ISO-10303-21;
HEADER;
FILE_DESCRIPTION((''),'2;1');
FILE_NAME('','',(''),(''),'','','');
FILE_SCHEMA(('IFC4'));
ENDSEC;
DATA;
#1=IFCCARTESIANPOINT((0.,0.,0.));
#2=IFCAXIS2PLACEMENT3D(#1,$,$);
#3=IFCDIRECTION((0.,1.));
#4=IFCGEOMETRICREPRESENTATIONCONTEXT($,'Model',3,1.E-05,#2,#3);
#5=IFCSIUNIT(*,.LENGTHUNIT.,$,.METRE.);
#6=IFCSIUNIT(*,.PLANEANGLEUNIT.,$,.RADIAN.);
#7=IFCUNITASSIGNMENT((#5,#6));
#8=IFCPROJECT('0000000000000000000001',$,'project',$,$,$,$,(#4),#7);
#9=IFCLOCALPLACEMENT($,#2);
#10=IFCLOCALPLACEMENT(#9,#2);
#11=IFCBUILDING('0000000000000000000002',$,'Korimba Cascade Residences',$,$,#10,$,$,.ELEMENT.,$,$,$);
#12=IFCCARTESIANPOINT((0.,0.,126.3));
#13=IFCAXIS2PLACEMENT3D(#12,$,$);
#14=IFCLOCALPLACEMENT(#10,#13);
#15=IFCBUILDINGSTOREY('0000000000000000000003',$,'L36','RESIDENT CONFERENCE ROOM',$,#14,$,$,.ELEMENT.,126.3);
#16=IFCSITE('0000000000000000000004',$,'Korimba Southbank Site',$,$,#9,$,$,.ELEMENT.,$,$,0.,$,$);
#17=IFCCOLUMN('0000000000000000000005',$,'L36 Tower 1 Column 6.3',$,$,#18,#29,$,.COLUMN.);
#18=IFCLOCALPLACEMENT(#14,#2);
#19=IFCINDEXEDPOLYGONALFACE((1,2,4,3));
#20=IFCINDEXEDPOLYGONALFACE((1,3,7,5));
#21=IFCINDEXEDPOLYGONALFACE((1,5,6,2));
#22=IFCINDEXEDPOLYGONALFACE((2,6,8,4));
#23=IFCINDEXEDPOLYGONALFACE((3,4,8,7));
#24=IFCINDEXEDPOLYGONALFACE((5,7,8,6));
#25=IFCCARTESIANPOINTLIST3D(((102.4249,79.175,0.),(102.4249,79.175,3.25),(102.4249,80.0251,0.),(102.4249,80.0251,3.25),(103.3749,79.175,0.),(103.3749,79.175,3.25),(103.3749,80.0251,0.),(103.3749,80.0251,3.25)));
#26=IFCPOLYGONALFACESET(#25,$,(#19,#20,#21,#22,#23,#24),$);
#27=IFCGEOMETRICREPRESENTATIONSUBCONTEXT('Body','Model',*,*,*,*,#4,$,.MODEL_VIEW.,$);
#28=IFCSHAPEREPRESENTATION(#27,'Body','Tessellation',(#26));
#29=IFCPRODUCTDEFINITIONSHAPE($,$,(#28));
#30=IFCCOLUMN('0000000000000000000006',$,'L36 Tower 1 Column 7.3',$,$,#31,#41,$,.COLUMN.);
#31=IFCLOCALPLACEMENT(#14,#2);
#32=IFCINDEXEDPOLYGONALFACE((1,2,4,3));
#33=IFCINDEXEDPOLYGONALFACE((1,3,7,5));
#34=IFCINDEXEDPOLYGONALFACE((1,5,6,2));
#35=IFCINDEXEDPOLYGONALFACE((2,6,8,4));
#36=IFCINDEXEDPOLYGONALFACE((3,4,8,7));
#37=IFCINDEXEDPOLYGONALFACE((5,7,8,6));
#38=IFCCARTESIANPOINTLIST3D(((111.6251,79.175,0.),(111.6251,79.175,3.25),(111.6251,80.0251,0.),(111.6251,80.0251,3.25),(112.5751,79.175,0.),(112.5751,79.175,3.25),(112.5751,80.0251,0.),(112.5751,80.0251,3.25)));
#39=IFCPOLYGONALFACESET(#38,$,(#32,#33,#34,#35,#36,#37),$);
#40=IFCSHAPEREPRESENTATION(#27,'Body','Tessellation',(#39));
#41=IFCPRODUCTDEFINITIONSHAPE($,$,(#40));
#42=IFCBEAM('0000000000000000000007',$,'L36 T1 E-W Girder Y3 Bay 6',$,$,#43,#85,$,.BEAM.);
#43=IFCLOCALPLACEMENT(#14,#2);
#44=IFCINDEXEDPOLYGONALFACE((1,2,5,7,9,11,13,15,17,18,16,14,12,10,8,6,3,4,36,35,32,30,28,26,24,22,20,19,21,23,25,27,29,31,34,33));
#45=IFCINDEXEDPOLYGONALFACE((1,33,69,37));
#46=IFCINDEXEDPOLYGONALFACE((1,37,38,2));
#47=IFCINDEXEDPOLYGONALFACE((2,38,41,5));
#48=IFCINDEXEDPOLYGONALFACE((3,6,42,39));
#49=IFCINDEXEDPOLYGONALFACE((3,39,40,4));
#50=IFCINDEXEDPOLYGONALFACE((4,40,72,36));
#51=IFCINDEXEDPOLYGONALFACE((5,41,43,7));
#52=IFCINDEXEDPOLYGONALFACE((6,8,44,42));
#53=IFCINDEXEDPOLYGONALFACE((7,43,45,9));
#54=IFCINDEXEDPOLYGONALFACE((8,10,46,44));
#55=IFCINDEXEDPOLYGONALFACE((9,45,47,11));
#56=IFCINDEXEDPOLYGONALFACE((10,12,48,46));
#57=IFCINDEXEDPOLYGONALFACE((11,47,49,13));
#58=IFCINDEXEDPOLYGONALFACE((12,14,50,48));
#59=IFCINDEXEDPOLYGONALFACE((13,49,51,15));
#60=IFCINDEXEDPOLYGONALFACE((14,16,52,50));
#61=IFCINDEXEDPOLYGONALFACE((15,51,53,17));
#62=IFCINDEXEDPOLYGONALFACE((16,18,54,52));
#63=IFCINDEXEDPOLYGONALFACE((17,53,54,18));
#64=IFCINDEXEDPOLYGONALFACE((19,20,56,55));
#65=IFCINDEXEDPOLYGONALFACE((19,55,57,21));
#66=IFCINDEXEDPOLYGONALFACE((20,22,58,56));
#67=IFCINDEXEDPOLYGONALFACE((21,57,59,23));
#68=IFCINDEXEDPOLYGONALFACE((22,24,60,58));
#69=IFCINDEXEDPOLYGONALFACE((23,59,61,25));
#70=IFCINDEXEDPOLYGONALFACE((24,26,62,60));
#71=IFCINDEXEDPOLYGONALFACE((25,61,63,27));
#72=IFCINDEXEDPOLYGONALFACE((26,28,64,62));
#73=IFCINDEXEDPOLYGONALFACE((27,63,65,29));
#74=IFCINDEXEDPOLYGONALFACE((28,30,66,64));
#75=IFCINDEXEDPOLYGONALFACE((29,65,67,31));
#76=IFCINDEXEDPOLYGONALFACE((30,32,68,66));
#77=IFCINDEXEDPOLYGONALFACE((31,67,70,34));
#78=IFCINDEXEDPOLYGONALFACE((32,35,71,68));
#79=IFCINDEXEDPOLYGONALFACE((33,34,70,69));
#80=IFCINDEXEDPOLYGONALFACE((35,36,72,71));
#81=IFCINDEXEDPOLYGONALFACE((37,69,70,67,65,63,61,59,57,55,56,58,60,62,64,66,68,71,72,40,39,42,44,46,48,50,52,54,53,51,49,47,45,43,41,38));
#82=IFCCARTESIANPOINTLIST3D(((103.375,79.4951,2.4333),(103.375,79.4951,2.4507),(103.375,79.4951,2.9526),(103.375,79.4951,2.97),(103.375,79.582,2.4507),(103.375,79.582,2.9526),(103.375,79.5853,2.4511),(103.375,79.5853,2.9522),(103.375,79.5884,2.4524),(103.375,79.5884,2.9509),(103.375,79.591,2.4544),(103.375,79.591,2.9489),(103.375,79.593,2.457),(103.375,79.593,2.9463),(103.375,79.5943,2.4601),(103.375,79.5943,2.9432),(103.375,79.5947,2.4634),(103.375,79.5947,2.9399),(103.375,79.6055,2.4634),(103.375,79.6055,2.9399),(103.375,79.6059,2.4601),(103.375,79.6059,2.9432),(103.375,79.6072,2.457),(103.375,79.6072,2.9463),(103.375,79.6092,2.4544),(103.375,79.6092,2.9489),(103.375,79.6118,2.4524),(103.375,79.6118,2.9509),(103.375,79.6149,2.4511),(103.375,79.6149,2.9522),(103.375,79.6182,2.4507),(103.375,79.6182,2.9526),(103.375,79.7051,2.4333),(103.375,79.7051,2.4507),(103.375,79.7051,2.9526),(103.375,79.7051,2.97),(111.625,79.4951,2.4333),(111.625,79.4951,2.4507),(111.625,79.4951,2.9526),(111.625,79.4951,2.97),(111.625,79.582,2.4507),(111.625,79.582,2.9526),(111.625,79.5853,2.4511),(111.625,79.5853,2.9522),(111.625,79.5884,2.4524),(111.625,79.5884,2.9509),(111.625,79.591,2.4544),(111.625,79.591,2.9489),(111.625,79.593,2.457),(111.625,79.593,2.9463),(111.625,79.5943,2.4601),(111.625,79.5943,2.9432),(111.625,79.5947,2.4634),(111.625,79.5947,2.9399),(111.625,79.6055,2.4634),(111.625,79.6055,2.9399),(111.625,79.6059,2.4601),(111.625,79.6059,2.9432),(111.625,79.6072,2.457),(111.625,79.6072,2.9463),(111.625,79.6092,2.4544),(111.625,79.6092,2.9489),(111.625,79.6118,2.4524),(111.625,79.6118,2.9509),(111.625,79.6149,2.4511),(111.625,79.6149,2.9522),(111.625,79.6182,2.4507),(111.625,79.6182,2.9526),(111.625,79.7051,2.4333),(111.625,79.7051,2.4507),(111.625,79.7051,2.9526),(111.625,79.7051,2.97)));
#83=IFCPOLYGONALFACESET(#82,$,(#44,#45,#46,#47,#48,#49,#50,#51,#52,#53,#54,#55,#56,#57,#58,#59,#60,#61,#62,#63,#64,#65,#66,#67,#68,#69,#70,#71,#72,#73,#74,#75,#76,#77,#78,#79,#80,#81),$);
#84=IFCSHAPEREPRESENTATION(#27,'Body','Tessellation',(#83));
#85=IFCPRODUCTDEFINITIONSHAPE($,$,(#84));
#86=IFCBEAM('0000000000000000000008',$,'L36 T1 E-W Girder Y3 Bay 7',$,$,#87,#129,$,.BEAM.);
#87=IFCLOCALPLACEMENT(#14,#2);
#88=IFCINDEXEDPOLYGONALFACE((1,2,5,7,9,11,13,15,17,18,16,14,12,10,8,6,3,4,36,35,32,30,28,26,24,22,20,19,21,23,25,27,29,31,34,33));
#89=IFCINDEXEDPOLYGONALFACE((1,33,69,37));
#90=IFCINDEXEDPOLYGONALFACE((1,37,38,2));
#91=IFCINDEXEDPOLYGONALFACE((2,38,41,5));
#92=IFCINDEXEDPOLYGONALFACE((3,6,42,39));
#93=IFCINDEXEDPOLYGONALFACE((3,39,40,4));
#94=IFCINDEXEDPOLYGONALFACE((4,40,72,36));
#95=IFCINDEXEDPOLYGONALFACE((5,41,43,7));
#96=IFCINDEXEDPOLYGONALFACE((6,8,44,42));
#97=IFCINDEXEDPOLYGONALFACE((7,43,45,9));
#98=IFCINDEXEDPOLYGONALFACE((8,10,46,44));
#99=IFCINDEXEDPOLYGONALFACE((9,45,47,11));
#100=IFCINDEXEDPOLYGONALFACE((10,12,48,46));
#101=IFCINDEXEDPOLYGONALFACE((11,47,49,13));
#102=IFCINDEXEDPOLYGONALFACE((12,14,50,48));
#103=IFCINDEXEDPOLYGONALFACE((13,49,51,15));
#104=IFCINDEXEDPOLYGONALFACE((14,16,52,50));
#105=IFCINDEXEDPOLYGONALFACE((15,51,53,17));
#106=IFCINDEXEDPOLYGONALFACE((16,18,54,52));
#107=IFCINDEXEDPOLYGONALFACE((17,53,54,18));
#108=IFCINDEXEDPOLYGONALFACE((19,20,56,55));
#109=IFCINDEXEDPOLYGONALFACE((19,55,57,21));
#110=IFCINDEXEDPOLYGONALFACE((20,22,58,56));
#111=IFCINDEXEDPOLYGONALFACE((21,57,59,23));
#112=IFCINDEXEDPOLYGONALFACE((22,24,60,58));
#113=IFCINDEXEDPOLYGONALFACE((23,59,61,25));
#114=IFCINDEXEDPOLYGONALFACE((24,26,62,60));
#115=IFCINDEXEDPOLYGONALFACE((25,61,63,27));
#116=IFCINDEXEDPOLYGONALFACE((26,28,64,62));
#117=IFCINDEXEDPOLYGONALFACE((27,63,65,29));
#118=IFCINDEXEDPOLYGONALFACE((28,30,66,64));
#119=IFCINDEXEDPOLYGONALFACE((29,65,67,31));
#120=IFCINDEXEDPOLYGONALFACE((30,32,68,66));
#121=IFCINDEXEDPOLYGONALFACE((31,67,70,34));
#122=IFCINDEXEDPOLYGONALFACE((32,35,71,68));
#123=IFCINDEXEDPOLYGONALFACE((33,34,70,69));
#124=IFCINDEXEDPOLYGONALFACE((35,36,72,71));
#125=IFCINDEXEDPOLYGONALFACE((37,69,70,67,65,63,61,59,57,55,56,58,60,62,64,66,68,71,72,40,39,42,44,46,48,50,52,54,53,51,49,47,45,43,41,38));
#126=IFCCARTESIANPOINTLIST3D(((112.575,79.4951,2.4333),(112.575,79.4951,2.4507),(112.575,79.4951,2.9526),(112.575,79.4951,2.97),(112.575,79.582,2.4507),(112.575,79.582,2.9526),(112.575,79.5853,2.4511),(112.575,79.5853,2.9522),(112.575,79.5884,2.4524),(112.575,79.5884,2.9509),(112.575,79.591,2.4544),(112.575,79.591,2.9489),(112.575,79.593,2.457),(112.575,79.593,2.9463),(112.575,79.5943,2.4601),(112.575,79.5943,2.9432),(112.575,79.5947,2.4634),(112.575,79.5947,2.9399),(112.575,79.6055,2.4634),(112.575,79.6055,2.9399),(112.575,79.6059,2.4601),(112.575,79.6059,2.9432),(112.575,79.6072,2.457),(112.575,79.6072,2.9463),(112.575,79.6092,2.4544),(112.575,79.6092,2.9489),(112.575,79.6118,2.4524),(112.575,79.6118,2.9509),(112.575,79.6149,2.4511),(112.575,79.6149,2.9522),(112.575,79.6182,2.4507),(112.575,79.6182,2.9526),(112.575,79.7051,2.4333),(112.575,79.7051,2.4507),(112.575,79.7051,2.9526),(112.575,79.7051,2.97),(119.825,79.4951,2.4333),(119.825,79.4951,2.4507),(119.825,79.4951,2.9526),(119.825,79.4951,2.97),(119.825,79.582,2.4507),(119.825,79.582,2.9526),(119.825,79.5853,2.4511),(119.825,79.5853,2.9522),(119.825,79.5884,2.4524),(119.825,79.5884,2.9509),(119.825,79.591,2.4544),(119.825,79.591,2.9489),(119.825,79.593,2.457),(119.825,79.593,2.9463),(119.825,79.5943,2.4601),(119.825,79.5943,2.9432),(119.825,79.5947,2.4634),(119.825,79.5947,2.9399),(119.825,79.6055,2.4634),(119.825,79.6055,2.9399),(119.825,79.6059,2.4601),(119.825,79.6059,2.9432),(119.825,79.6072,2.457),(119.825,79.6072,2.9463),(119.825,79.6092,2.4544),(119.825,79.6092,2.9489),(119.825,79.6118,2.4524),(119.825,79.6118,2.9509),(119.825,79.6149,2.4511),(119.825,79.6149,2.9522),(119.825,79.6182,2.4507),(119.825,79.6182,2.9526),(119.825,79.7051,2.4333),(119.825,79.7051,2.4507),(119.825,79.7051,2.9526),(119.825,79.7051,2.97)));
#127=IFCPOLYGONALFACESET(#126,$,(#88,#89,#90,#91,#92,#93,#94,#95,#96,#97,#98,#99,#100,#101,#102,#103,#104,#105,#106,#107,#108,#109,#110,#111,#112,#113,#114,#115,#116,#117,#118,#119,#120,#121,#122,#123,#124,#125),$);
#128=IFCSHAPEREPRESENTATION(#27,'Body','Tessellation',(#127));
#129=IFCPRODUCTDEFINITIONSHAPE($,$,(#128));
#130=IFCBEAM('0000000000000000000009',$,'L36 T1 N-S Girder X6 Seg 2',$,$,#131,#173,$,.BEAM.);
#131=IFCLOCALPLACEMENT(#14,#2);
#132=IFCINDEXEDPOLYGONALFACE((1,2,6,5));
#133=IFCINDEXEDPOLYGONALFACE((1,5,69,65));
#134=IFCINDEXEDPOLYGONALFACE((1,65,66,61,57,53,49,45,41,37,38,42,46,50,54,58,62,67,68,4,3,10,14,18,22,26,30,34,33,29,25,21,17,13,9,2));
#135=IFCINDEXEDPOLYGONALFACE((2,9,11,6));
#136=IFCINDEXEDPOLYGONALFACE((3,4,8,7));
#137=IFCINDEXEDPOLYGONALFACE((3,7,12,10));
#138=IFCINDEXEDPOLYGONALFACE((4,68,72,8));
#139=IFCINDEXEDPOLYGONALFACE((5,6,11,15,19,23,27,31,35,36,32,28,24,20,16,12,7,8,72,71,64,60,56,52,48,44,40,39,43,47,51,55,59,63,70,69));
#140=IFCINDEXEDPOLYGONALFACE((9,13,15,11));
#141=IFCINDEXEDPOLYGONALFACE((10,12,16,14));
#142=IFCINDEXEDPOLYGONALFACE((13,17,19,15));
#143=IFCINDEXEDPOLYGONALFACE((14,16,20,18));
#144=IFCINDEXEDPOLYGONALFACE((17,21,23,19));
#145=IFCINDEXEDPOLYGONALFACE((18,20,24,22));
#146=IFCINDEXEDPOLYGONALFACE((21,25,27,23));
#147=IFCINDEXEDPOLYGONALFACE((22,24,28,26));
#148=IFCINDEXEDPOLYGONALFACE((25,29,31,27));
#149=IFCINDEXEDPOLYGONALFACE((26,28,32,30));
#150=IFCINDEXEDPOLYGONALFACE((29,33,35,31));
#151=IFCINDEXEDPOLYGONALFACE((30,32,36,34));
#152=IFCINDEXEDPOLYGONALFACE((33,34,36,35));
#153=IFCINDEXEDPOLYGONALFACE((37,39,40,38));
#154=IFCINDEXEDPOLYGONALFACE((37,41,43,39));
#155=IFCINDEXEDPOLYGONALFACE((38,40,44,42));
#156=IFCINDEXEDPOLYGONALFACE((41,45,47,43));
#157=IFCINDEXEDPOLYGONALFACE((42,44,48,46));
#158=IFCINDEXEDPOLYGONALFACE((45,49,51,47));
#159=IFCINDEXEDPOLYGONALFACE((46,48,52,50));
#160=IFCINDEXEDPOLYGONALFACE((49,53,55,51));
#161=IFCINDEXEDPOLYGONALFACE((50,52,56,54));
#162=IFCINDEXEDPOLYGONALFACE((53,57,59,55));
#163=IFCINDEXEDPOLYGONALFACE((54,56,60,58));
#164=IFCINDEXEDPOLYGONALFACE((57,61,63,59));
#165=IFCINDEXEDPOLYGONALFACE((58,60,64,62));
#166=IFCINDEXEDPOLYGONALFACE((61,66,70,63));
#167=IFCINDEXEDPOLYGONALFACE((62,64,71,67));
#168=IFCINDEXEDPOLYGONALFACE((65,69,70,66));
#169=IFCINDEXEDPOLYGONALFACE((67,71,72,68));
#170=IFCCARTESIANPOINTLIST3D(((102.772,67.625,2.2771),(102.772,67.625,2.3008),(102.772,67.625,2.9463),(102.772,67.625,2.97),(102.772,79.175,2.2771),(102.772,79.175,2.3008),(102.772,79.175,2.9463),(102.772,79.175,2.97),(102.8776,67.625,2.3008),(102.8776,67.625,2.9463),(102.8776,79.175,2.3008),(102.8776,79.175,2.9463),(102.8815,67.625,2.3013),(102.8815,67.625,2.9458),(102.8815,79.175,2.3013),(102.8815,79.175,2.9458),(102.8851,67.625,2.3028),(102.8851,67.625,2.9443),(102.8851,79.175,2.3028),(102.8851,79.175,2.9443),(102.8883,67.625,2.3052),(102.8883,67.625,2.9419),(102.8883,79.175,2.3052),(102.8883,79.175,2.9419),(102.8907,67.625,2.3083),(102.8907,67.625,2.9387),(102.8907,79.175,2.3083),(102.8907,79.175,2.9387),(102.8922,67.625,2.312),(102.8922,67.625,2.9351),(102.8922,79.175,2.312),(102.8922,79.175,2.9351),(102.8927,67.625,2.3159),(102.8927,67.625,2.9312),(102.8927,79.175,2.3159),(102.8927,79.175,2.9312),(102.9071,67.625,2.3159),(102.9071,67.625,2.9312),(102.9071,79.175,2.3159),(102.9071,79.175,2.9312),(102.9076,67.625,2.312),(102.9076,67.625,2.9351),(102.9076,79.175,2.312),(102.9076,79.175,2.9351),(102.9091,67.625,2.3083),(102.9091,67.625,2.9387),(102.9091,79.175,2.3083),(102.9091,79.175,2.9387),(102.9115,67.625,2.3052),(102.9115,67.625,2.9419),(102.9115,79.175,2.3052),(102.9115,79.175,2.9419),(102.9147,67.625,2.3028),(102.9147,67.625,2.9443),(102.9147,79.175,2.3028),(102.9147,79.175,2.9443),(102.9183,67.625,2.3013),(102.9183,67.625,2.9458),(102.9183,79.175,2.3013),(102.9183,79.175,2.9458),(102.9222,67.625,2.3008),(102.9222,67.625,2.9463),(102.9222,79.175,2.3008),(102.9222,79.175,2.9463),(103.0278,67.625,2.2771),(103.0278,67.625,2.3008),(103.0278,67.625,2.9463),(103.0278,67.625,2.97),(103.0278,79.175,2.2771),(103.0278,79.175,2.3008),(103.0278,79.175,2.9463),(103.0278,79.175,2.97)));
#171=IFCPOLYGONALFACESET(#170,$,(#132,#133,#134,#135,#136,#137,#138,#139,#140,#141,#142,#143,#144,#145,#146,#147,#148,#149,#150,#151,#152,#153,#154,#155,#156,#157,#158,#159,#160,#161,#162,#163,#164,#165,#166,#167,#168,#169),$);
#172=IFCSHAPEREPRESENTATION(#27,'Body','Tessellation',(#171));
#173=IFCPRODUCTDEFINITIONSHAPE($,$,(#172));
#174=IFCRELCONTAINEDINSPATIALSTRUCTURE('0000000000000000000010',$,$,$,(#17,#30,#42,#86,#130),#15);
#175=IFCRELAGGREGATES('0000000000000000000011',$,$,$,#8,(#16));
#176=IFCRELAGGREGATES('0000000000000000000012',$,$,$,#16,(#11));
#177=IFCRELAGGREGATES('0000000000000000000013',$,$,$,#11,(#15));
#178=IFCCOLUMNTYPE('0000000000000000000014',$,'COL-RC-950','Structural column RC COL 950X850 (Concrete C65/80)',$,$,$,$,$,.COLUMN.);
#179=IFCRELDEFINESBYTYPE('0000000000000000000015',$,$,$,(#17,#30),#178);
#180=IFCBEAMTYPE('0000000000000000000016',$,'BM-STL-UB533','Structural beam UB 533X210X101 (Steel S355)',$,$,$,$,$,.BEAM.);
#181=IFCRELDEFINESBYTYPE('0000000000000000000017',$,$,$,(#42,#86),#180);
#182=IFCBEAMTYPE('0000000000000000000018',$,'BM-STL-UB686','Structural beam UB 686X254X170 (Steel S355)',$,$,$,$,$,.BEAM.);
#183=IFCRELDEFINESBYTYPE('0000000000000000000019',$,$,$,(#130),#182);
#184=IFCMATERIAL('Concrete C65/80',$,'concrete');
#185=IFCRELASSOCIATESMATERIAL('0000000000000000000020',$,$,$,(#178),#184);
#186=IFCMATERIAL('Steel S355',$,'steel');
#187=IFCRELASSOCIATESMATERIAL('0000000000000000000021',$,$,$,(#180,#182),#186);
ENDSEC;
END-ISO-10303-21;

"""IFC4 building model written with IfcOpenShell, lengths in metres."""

from ifc_helpers import new_model, si_unit, direction, frame, origin, origin_2d, place, context, subcontext, project, spatial, rectangle, i_section, extrude, material, material_profile, profile_set, type_object, element, save


model = new_model("IFC4")

# Units and contexts
model_context = context("Model", 3, precision=1e-05, world=origin(), true_north=direction((0.0, 1.0)))
body_context = subcontext(model_context, "Body", "Model", "MODEL_VIEW")
ifc_project = project(units=[si_unit("LENGTHUNIT", "METRE"), si_unit("PLANEANGLEUNIT", "RADIAN")], contexts=[model_context])

# Site, building, storey
site_placement = place(None, origin())
site = spatial("IfcSite", under=ifc_project, at=site_placement, Name="Korimba Southbank Site", CompositionType="ELEMENT", RefElevation=0.0)
building_placement = place(site_placement, origin())
building = spatial("IfcBuilding", under=site, at=building_placement, Name="Korimba Cascade Residences", CompositionType="ELEMENT")
storey_placement = place(building_placement, frame((0.0, 0.0, 126.3)))
storey = spatial("IfcBuildingStorey", under=building, at=storey_placement, Name="L36", Description="RESIDENT CONFERENCE ROOM", CompositionType="ELEMENT", Elevation=126.3)

# Columns
ifc_material_1 = material(Name="Concrete C65/80", Category="concrete")
ifc_material_profile_1 = material_profile(ifc_material_1, rectangle(XDim=0.95, YDim=0.8501, at=origin_2d()), Name="Concrete C65/80")
ifc_profile_set_1 = profile_set([ifc_material_profile_1], Name="Concrete C65/80")
column_type = type_object("IfcColumnType", Name="COL-RC-950", Description="Structural column RC COL 950X850 (Concrete C65/80)", PredefinedType="COLUMN", material=ifc_profile_set_1)
for number, where, z_axis, x_axis, name in (
    (1, (102.8999, 79.6001, 0.0), (0.0, 0.0, 1.0), (1.0, 0.0, 0.0), "L36 Tower 1 Column 6.3"),
    (2, (112.1001, 79.6001, 0.0), (0.0, 0.0, 1.0), (1.0, 0.0, 0.0), "L36 Tower 1 Column 7.3"),
):
    element("IfcColumn", number, at=place(storey_placement, frame(where, z_axis=z_axis, x_axis=x_axis)), inside=storey, type_object=column_type, Name=name, PredefinedType="COLUMN", context=body_context, shape_type="SweptSolid", body=[
        extrude(rectangle(XDim=0.95, YDim=0.8501, at=origin_2d()), origin(), (0.0, 0.0, 1.0), 3.25),
    ])

# Beams
ifc_material_2 = material(Name="Steel S355", Category="steel")
ifc_material_profile_2 = material_profile(ifc_material_2, i_section(OverallWidth=0.21, OverallDepth=0.5366, WebThickness=0.0107, FlangeThickness=0.0173, FilletRadius=0.0127, at=origin_2d()), Name="Steel S355")
ifc_profile_set_2 = profile_set([ifc_material_profile_2], Name="Steel S355")
beam_type_1 = type_object("IfcBeamType", Name="BM-STL-UB533", Description="Structural beam UB 533X210X101 (Steel S355)", PredefinedType="BEAM", material=ifc_profile_set_2)
beam_1_placement = place(storey_placement, frame((103.375, 79.6001, 2.7017), z_axis=(1.0, 0.0, 0.0), x_axis=(0.0, 1.0, 0.0)))
element("IfcBeam", 3, at=beam_1_placement, inside=storey, type_object=beam_type_1, Name="L36 T1 E-W Girder Y3 Bay 6", PredefinedType="BEAM", context=body_context, shape_type="SweptSolid", body=[
    extrude(i_section(OverallWidth=0.21, OverallDepth=0.5366, WebThickness=0.0107, FlangeThickness=0.0173, FilletRadius=0.0127, at=origin_2d()), origin(), (0.0, 0.0, 1.0), 8.25),
])
beam_2_placement = place(storey_placement, frame((112.575, 79.6001, 2.7017), z_axis=(1.0, 0.0, 0.0), x_axis=(0.0, 1.0, 0.0)))
element("IfcBeam", 4, at=beam_2_placement, inside=storey, type_object=beam_type_1, Name="L36 T1 E-W Girder Y3 Bay 7", PredefinedType="BEAM", context=body_context, shape_type="SweptSolid", body=[
    extrude(i_section(OverallWidth=0.21, OverallDepth=0.5366, WebThickness=0.0107, FlangeThickness=0.0173, FilletRadius=0.0127, at=origin_2d()), origin(), (0.0, 0.0, 1.0), 7.25),
])
ifc_material_profile_3 = material_profile(ifc_material_2, i_section(OverallWidth=0.2559, OverallDepth=0.6929, WebThickness=0.0144, FlangeThickness=0.0237, FilletRadius=0.0151, at=origin_2d()), Name="Steel S355")
ifc_profile_set_3 = profile_set([ifc_material_profile_3], Name="Steel S355")
beam_type_2 = type_object("IfcBeamType", Name="BM-STL-UB686", Description="Structural beam UB 686X254X170 (Steel S355)", PredefinedType="BEAM", material=ifc_profile_set_3)
beam_3_placement = place(storey_placement, frame((102.8999, 67.625, 2.6235), z_axis=(0.0, 1.0, 0.0), x_axis=(-1.0, 0.0, 0.0)))
element("IfcBeam", 5, at=beam_3_placement, inside=storey, type_object=beam_type_2, Name="L36 T1 N-S Girder X6 Seg 2", PredefinedType="BEAM", context=body_context, shape_type="SweptSolid", body=[
    extrude(i_section(OverallWidth=0.2559, OverallDepth=0.6929, WebThickness=0.0144, FlangeThickness=0.0237, FilletRadius=0.0151, at=origin_2d()), origin(), (0.0, 0.0, 1.0), 11.55),
])

save(model, "model.ifc")
